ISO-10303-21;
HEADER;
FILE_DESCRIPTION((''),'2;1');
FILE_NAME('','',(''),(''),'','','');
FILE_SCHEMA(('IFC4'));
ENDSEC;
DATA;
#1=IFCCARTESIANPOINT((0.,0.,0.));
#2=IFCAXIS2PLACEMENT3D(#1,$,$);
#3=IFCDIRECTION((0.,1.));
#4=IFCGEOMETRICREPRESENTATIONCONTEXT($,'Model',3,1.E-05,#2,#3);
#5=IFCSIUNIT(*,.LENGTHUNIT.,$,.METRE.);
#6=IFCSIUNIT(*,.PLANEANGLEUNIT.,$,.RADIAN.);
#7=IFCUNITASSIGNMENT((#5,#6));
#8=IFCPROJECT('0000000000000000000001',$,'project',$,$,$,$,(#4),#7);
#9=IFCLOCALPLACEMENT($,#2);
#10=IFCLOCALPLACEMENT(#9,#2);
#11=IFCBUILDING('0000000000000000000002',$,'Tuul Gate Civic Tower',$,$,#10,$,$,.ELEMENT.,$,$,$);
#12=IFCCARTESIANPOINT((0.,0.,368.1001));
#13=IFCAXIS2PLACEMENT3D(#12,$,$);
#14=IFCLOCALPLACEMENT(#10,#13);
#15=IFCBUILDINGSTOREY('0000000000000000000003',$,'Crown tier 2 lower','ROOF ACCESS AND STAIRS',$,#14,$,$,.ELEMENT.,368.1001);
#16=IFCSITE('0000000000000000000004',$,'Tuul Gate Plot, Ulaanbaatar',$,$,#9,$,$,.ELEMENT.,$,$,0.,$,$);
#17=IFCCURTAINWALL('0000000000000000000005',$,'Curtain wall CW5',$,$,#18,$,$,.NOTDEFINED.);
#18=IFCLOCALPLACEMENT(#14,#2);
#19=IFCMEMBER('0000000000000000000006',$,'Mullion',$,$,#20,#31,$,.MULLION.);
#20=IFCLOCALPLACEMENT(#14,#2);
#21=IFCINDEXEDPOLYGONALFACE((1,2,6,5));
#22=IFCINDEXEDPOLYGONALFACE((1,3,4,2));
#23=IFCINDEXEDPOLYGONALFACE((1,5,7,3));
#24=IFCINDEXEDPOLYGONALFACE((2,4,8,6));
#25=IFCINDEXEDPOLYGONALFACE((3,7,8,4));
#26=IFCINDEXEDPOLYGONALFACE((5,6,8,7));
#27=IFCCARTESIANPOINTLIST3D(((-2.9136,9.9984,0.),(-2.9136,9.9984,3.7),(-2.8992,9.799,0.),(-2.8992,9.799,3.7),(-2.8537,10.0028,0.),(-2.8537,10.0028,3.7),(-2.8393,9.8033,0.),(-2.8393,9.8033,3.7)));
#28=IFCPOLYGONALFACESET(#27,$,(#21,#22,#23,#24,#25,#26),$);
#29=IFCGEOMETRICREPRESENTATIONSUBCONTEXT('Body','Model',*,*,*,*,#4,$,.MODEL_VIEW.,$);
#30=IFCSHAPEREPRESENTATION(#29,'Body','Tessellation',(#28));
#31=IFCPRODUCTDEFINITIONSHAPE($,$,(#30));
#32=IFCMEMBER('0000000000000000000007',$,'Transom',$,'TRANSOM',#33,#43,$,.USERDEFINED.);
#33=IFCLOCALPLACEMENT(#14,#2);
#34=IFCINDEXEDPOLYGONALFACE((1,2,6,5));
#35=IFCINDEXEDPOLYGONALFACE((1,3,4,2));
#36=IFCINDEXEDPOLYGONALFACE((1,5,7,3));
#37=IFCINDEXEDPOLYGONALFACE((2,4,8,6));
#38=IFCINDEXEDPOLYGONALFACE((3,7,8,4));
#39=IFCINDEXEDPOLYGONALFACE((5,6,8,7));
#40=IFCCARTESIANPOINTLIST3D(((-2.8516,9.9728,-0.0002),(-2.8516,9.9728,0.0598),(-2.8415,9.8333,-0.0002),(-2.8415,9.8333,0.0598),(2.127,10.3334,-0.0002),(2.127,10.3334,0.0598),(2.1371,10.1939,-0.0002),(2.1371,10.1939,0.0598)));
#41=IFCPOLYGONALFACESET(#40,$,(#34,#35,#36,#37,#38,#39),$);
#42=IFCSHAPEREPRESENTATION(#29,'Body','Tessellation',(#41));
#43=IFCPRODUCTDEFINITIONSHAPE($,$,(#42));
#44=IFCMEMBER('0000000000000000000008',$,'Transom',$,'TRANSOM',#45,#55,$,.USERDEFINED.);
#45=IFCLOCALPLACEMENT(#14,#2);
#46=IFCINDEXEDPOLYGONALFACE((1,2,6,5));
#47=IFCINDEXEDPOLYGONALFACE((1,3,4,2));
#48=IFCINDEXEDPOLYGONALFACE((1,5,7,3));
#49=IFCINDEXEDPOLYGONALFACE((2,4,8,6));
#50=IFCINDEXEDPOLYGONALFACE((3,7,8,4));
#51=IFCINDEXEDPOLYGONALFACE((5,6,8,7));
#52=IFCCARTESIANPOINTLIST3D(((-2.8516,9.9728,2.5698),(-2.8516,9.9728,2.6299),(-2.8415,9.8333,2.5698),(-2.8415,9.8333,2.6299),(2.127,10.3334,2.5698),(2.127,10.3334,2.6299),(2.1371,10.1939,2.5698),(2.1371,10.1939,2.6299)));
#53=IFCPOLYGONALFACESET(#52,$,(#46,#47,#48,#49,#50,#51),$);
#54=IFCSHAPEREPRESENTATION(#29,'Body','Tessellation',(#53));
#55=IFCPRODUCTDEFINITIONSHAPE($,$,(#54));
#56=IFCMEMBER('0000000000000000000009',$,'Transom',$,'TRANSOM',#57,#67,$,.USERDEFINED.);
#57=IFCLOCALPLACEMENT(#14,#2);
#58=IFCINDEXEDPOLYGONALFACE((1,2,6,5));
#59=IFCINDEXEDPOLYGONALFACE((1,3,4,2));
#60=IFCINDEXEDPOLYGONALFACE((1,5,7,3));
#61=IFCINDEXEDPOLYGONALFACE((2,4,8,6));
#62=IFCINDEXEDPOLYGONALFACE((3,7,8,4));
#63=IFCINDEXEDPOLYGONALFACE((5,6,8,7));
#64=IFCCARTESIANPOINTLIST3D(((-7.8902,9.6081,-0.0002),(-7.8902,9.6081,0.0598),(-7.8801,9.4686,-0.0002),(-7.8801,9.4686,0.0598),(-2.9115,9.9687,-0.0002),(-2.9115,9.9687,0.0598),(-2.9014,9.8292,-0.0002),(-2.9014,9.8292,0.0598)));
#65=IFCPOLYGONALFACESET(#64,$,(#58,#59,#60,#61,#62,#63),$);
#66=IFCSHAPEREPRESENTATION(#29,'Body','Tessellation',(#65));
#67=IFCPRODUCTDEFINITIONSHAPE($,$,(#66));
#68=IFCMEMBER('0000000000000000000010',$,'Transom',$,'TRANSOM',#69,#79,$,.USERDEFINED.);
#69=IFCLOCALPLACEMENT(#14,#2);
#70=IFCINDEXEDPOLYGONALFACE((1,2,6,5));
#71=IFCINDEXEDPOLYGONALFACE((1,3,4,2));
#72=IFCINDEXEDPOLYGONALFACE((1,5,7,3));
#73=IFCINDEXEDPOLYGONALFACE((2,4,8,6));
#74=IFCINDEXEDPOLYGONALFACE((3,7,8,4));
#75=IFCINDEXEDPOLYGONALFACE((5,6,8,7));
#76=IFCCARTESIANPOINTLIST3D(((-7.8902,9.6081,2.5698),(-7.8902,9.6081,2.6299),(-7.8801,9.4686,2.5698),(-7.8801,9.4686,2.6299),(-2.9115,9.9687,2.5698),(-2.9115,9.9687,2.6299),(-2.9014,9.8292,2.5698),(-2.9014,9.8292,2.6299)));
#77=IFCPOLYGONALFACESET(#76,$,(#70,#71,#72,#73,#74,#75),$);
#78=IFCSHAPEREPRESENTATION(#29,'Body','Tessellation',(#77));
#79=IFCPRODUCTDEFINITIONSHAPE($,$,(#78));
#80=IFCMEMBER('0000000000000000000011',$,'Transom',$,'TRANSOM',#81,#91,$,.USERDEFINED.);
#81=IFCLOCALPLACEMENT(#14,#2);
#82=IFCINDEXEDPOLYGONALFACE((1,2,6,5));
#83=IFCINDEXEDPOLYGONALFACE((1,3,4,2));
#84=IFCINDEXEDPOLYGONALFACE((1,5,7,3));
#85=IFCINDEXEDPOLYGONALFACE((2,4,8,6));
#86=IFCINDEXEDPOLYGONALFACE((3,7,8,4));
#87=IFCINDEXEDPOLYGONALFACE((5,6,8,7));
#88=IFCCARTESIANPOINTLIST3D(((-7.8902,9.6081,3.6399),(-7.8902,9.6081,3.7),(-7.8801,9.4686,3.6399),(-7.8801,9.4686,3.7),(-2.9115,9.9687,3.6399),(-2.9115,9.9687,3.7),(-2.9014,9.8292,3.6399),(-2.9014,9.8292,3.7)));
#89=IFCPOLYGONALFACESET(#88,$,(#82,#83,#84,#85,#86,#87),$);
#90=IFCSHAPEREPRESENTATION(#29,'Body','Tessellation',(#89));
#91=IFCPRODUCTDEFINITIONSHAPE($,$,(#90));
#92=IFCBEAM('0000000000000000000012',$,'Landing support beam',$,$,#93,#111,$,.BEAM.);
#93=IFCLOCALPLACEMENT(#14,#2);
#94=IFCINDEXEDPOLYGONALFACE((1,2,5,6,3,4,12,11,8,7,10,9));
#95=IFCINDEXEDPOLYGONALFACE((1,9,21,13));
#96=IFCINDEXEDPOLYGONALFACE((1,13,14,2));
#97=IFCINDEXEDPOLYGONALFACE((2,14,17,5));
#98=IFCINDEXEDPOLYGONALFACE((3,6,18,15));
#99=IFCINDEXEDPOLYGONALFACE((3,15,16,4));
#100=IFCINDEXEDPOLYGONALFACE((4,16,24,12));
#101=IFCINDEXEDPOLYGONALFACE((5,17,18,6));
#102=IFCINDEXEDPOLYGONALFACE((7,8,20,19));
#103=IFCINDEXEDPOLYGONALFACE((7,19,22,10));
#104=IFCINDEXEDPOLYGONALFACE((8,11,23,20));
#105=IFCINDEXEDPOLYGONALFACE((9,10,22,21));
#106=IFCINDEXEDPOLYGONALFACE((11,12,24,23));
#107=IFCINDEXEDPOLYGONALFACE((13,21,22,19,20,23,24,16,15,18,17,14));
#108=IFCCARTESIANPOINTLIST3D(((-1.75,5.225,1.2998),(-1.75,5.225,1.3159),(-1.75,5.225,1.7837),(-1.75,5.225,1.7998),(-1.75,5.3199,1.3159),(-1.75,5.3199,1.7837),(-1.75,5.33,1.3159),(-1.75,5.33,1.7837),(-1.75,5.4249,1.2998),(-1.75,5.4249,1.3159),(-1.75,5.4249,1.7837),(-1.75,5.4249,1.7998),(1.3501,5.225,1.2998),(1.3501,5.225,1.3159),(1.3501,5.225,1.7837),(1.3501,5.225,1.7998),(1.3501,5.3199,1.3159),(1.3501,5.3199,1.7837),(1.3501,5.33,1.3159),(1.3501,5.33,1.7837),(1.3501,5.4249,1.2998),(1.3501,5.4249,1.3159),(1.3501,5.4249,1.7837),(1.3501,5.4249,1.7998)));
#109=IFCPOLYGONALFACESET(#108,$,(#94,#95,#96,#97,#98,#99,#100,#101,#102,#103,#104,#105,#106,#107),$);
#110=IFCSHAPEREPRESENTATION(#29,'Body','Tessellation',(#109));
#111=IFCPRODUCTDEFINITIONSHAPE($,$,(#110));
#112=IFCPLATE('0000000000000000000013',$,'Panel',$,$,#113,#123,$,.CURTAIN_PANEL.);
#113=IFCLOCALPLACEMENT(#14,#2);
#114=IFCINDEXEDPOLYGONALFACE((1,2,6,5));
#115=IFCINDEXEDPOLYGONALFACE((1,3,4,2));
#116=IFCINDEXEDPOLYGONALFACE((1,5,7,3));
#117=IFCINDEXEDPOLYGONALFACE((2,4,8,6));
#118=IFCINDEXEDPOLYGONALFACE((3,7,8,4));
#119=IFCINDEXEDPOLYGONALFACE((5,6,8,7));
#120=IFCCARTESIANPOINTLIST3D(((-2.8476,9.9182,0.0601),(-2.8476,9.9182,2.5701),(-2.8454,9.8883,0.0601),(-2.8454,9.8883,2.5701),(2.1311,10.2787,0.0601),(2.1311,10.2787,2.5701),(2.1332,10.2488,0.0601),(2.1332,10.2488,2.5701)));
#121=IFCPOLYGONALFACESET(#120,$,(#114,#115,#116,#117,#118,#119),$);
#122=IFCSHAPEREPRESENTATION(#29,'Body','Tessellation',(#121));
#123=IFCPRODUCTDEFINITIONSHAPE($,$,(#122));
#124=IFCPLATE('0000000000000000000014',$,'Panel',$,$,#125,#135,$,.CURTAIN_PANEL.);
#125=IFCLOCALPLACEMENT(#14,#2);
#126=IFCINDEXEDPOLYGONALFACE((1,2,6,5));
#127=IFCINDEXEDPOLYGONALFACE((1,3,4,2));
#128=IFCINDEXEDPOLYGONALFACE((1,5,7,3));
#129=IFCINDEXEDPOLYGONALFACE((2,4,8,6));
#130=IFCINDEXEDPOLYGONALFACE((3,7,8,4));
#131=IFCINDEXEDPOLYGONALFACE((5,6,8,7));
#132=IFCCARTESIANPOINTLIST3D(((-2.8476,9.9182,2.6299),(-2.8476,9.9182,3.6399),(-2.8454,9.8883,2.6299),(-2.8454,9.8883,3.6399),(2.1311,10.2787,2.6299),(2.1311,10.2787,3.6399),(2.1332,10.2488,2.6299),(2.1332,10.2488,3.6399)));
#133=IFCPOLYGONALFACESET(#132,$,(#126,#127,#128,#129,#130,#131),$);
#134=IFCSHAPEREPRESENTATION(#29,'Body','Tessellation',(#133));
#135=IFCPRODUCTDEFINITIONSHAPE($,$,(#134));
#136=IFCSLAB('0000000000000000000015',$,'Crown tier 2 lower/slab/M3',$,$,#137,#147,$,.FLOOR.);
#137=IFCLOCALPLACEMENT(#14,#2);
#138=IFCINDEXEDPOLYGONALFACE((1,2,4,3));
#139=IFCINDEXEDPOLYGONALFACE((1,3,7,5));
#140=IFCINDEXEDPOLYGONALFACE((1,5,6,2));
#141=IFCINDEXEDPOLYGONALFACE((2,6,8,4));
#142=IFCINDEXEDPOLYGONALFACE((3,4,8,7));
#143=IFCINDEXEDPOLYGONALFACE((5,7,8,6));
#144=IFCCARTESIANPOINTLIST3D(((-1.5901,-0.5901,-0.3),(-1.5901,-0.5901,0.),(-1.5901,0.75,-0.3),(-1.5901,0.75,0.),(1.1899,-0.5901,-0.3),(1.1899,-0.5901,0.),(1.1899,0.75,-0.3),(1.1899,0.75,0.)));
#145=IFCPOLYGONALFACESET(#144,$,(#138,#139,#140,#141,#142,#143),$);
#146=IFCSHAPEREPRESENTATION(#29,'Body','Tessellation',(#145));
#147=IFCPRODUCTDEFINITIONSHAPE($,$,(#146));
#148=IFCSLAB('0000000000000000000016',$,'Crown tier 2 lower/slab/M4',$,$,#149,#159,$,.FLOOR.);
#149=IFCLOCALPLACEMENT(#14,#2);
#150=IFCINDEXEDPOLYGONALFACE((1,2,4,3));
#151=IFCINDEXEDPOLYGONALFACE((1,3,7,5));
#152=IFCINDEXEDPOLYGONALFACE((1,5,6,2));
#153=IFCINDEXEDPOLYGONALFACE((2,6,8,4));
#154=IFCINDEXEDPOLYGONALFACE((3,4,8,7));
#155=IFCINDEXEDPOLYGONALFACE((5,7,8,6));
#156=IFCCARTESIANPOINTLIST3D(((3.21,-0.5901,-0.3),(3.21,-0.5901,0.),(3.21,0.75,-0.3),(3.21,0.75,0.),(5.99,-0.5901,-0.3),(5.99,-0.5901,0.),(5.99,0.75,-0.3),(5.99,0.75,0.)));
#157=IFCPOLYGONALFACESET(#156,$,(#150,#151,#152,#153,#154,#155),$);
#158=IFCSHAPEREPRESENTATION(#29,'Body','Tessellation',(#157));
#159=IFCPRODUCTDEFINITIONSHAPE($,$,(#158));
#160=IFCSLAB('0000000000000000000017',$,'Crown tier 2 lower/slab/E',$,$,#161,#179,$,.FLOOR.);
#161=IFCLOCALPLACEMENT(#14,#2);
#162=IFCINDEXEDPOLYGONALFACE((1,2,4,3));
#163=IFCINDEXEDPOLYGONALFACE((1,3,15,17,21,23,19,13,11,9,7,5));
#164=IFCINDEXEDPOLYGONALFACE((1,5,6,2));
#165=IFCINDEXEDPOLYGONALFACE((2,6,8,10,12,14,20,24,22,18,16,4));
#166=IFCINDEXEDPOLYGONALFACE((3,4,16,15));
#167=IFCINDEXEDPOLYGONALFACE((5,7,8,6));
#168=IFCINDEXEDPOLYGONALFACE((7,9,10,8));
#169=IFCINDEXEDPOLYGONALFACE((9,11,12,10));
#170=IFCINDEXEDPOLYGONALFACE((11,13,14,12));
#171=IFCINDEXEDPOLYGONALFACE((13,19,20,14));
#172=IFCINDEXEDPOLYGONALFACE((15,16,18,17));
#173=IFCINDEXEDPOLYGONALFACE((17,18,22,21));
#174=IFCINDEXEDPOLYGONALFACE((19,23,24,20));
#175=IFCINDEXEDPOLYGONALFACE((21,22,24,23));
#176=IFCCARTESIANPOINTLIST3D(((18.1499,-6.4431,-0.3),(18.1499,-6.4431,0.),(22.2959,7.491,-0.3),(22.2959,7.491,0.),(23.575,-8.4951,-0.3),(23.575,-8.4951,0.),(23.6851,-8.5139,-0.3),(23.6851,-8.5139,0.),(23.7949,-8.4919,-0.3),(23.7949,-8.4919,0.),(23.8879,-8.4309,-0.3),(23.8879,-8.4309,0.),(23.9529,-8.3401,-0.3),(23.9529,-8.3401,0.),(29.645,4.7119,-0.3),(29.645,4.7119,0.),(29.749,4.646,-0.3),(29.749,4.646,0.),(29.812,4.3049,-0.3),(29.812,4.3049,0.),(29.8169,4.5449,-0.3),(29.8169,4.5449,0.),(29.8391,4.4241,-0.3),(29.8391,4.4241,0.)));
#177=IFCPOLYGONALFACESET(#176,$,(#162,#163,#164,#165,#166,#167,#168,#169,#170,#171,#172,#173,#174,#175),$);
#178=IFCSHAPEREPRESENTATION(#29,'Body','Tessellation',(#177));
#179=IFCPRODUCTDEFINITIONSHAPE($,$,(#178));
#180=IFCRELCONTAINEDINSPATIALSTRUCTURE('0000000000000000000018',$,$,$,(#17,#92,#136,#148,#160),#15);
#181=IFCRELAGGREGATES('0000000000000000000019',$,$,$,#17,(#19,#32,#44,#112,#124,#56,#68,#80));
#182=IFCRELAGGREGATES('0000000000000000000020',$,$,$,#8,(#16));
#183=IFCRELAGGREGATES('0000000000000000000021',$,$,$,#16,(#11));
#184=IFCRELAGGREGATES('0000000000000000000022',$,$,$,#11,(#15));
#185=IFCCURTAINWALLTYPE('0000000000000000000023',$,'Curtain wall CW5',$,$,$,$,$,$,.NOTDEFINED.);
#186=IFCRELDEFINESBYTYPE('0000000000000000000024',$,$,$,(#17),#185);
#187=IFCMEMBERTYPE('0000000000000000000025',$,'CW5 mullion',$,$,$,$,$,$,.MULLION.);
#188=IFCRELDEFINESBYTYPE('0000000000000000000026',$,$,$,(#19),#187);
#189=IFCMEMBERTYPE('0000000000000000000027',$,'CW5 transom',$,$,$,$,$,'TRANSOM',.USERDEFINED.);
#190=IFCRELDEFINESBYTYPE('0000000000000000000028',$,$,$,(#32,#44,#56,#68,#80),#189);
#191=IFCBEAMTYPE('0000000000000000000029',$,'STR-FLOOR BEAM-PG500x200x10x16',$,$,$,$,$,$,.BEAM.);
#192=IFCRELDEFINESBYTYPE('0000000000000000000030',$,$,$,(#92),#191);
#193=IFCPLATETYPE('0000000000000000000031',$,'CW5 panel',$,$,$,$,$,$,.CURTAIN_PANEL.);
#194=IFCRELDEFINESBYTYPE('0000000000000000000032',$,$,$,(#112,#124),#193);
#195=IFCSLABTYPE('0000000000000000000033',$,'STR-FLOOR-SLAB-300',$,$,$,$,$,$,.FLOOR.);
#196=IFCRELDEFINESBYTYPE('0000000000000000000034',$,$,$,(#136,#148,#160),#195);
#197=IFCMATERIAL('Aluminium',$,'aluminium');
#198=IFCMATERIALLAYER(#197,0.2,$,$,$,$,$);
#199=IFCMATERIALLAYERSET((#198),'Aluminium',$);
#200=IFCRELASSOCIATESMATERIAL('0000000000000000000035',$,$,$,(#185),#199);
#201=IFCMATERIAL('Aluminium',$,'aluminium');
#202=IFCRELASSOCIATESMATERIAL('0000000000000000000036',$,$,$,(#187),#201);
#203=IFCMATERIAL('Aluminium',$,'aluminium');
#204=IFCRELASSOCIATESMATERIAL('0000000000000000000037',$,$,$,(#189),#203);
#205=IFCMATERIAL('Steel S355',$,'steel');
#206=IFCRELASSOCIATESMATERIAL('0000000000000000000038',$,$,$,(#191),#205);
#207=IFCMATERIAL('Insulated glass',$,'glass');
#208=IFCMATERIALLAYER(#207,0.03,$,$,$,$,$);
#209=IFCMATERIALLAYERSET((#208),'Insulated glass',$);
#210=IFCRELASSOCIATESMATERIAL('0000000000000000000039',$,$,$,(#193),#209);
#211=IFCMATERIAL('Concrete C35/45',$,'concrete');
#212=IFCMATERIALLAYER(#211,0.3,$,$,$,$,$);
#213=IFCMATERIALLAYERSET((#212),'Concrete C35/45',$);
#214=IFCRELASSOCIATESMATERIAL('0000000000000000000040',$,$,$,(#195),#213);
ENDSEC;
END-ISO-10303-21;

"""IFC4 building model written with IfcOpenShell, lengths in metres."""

from ifc_helpers import new_model, si_unit, direction, frame, origin, origin_2d, place, context, subcontext, project, spatial, polyline, rectangle, i_section, outline, extrude, material, layer, layer_set, material_profile, profile_set, type_object, element, aggregate, save


model = new_model("IFC4")

# Units and contexts
model_context = context("Model", 3, precision=1e-05, world=origin(), true_north=direction((0.0, 1.0)))
body_context = subcontext(model_context, "Body", "Model", "MODEL_VIEW")
ifc_project = project(units=[si_unit("LENGTHUNIT", "METRE"), si_unit("PLANEANGLEUNIT", "RADIAN")], contexts=[model_context])

# Site, building, storey
site_placement = place(None, origin())
site = spatial("IfcSite", under=ifc_project, at=site_placement, Name="Tuul Gate Plot, Ulaanbaatar", CompositionType="ELEMENT", RefElevation=0.0)
building_placement = place(site_placement, origin())
building = spatial("IfcBuilding", under=site, at=building_placement, Name="Tuul Gate Civic Tower", CompositionType="ELEMENT")
storey_placement = place(building_placement, frame((0.0, 0.0, 368.1001)))
storey = spatial("IfcBuildingStorey", under=building, at=storey_placement, Name="Crown tier 2 lower", Description="ROOF ACCESS AND STAIRS", CompositionType="ELEMENT", Elevation=368.1001)

# Curtain wall, members
ifc_material_1 = material(Name="Aluminium", Category="aluminium")
ifc_layer_1 = layer(ifc_material_1, 0.2)
ifc_layer_set_1 = layer_set([ifc_layer_1], Name="Aluminium")
curtain_wall_type = type_object("IfcCurtainWallType", Name="Curtain wall CW5", PredefinedType="NOTDEFINED", material=ifc_layer_set_1)
curtain_wall_placement = place(storey_placement, origin())
curtain_wall = element("IfcCurtainWall", 1, at=curtain_wall_placement, inside=storey, type_object=curtain_wall_type, Name="Curtain wall CW5", PredefinedType="NOTDEFINED")
ifc_material_2 = material(Name="Aluminium", Category="aluminium")
ifc_material_profile_1 = material_profile(ifc_material_2, rectangle(XDim=0.2, YDim=0.0601, at=origin_2d()), Name="CW5 mullion")
ifc_profile_set_1 = profile_set([ifc_material_profile_1], Name="Aluminium")
member_type_1 = type_object("IfcMemberType", Name="CW5 mullion", PredefinedType="MULLION", material=ifc_profile_set_1)
member_1_placement = place(storey_placement, frame((-2.8765, 9.9009, 0.0), z_axis=(0.0, 0.0, 1.0), x_axis=(0.072219, -0.997389, 0.0)))
member_1 = element("IfcMember", 2, at=member_1_placement, type_object=member_type_1, Name="Mullion", PredefinedType="MULLION", context=body_context, shape_type="SweptSolid", body=[
    extrude(rectangle(XDim=0.2, YDim=0.0601, at=origin_2d()), origin(), (0.0, 0.0, 1.0), 3.7),
])
ifc_material_3 = material(Name="Aluminium", Category="aluminium")
ifc_material_profile_2 = material_profile(ifc_material_3, rectangle(XDim=0.1399, YDim=0.0601, at=origin_2d()), Name="CW5 transom")
ifc_profile_set_2 = profile_set([ifc_material_profile_2], Name="Aluminium")
member_type_2 = type_object("IfcMemberType", Name="CW5 transom", ElementType="TRANSOM", PredefinedType="USERDEFINED", material=ifc_profile_set_2)
member_2_placement = place(storey_placement, frame((2.1321, 10.2637, 0.0298), z_axis=(-0.997387, -0.072238, 0.0), x_axis=(0.072238, -0.997387, 0.0)))
member_2 = element("IfcMember", 3, at=member_2_placement, type_object=member_type_2, Name="Transom", ObjectType="TRANSOM", PredefinedType="USERDEFINED", context=body_context, shape_type="SweptSolid", body=[
    extrude(rectangle(XDim=0.1399, YDim=0.0601, at=origin_2d()), origin(), (0.0, 0.0, 1.0), 4.9917),
])
member_3_placement = place(storey_placement, frame((2.1321, 10.2637, 2.5999), z_axis=(-0.997387, -0.072238, 0.0), x_axis=(0.072238, -0.997387, 0.0)))
member_3 = element("IfcMember", 4, at=member_3_placement, type_object=member_type_2, Name="Transom", ObjectType="TRANSOM", PredefinedType="USERDEFINED", context=body_context, shape_type="SweptSolid", body=[
    extrude(rectangle(XDim=0.1399, YDim=0.0601, at=origin_2d()), origin(), (0.0, 0.0, 1.0), 4.9917),
])
member_4_placement = place(storey_placement, frame((-2.9065, 9.8989, 0.0298), z_axis=(-0.997387, -0.072238, 0.0), x_axis=(0.072238, -0.997387, 0.0)))
member_4 = element("IfcMember", 5, at=member_4_placement, type_object=member_type_2, Name="Transom", ObjectType="TRANSOM", PredefinedType="USERDEFINED", context=body_context, shape_type="SweptSolid", body=[
    extrude(rectangle(XDim=0.1399, YDim=0.0601, at=origin_2d()), origin(), (0.0, 0.0, 1.0), 4.9917),
])
member_5_placement = place(storey_placement, frame((-2.9065, 9.8989, 2.5999), z_axis=(-0.997387, -0.072238, 0.0), x_axis=(0.072238, -0.997387, 0.0)))
member_5 = element("IfcMember", 6, at=member_5_placement, type_object=member_type_2, Name="Transom", ObjectType="TRANSOM", PredefinedType="USERDEFINED", context=body_context, shape_type="SweptSolid", body=[
    extrude(rectangle(XDim=0.1399, YDim=0.0601, at=origin_2d()), origin(), (0.0, 0.0, 1.0), 4.9917),
])
member_6_placement = place(storey_placement, frame((-2.9065, 9.8989, 3.6699), z_axis=(-0.997387, -0.072238, 0.0), x_axis=(0.072238, -0.997387, 0.0)))
member_6 = element("IfcMember", 7, at=member_6_placement, type_object=member_type_2, Name="Transom", ObjectType="TRANSOM", PredefinedType="USERDEFINED", context=body_context, shape_type="SweptSolid", body=[
    extrude(rectangle(XDim=0.1399, YDim=0.0601, at=origin_2d()), origin(), (0.0, 0.0, 1.0), 4.9917),
])

# Beam
ifc_material_4 = material(Name="Steel S355", Category="steel")
ifc_material_profile_3 = material_profile(ifc_material_4, i_section(OverallWidth=0.2, OverallDepth=0.5, WebThickness=0.01, FlangeThickness=0.0161, at=origin_2d()), Name="PG500x200x10x16")
ifc_profile_set_3 = profile_set([ifc_material_profile_3], Name="Steel S355")
beam_type = type_object("IfcBeamType", Name="STR-FLOOR BEAM-PG500x200x10x16", PredefinedType="BEAM", material=ifc_profile_set_3)
beam_placement = place(storey_placement, frame((-1.75, 5.325, 1.5498), z_axis=(1.0, 0.0, 0.0), x_axis=(0.0, 1.0, 0.0)))
element("IfcBeam", 8, at=beam_placement, inside=storey, type_object=beam_type, Name="Landing support beam", PredefinedType="BEAM", context=body_context, shape_type="SweptSolid", body=[
    extrude(i_section(OverallWidth=0.2, OverallDepth=0.5, WebThickness=0.01, FlangeThickness=0.0161, at=origin_2d()), origin(), (0.0, 0.0, 1.0), 3.1001),
])

# Plates
ifc_material_5 = material(Name="Insulated glass", Category="glass")
ifc_layer_2 = layer(ifc_material_5, 0.03)
ifc_layer_set_2 = layer_set([ifc_layer_2], Name="Insulated glass")
plate_type = type_object("IfcPlateType", Name="CW5 panel", PredefinedType="CURTAIN_PANEL", material=ifc_layer_set_2)
plate_1_placement = place(storey_placement, frame((-0.3572, 10.0835, 0.0601), z_axis=(0.0, 0.0, 1.0), x_axis=(-0.997389, -0.072219, 0.0)))
plate_1 = element("IfcPlate", 9, at=plate_1_placement, type_object=plate_type, Name="Panel", PredefinedType="CURTAIN_PANEL", context=body_context, shape_type="SweptSolid", body=[
    extrude(rectangle(XDim=4.9917, YDim=0.03, at=origin_2d()), origin(), (0.0, 0.0, 1.0), 2.51),
])
plate_2_placement = place(storey_placement, frame((-0.3572, 10.0835, 2.6299), z_axis=(0.0, 0.0, 1.0), x_axis=(-0.997389, -0.072219, 0.0)))
plate_2 = element("IfcPlate", 10, at=plate_2_placement, type_object=plate_type, Name="Panel", PredefinedType="CURTAIN_PANEL", context=body_context, shape_type="SweptSolid", body=[
    extrude(rectangle(XDim=4.9917, YDim=0.03, at=origin_2d()), origin(), (0.0, 0.0, 1.0), 1.01),
])
aggregate(curtain_wall, [member_1, member_2, member_3, plate_1, plate_2, member_4, member_5, member_6])

# Slabs
ifc_material_6 = material(Name="Concrete C35/45", Category="concrete")
ifc_layer_3 = layer(ifc_material_6, 0.3)
ifc_layer_set_3 = layer_set([ifc_layer_3], Name="Concrete C35/45")
slab_type = type_object("IfcSlabType", Name="STR-FLOOR-SLAB-300", PredefinedType="FLOOR", material=ifc_layer_set_3)
slab_1_placement = place(storey_placement, frame((0.0, 0.0, -0.3)))
element("IfcSlab", 11, at=slab_1_placement, inside=storey, type_object=slab_type, Name="Crown tier 2 lower/slab/M3", PredefinedType="FLOOR", context=body_context, shape_type="SweptSolid", body=[
    extrude(outline(polyline([(1.1899, 0.75), (-1.5901, 0.75), (-1.5901, -0.5901), (1.1899, -0.5901), (1.1899, 0.75)])), origin(), (0.0, 0.0, 1.0), 0.3),
])
slab_2_placement = place(storey_placement, frame((0.0, 0.0, -0.3)))
element("IfcSlab", 12, at=slab_2_placement, inside=storey, type_object=slab_type, Name="Crown tier 2 lower/slab/M4", PredefinedType="FLOOR", context=body_context, shape_type="SweptSolid", body=[
    extrude(outline(polyline([(3.21, 0.75), (3.21, -0.5901), (5.99, -0.5901), (5.99, 0.75), (3.21, 0.75)])), origin(), (0.0, 0.0, 1.0), 0.3),
])
slab_3_placement = place(storey_placement, frame((0.0, 0.0, -0.3)))
element("IfcSlab", 13, at=slab_3_placement, inside=storey, type_object=slab_type, Name="Crown tier 2 lower/slab/E", PredefinedType="FLOOR", context=body_context, shape_type="SweptSolid", body=[
    extrude(outline(polyline([(23.8879, -8.4309), (23.9529, -8.3401), (29.812, 4.3049), (29.8391, 4.4241), (29.8169, 4.5449), (29.749, 4.646), (29.645, 4.7119), (22.2959, 7.491), (18.1499, -6.4431), (23.575, -8.4951), (23.6851, -8.5139), (23.7949, -8.4919), (23.8879, -8.4309)])), origin(), (0.0, 0.0, 1.0), 0.3),
])

save(model, "model.ifc")
